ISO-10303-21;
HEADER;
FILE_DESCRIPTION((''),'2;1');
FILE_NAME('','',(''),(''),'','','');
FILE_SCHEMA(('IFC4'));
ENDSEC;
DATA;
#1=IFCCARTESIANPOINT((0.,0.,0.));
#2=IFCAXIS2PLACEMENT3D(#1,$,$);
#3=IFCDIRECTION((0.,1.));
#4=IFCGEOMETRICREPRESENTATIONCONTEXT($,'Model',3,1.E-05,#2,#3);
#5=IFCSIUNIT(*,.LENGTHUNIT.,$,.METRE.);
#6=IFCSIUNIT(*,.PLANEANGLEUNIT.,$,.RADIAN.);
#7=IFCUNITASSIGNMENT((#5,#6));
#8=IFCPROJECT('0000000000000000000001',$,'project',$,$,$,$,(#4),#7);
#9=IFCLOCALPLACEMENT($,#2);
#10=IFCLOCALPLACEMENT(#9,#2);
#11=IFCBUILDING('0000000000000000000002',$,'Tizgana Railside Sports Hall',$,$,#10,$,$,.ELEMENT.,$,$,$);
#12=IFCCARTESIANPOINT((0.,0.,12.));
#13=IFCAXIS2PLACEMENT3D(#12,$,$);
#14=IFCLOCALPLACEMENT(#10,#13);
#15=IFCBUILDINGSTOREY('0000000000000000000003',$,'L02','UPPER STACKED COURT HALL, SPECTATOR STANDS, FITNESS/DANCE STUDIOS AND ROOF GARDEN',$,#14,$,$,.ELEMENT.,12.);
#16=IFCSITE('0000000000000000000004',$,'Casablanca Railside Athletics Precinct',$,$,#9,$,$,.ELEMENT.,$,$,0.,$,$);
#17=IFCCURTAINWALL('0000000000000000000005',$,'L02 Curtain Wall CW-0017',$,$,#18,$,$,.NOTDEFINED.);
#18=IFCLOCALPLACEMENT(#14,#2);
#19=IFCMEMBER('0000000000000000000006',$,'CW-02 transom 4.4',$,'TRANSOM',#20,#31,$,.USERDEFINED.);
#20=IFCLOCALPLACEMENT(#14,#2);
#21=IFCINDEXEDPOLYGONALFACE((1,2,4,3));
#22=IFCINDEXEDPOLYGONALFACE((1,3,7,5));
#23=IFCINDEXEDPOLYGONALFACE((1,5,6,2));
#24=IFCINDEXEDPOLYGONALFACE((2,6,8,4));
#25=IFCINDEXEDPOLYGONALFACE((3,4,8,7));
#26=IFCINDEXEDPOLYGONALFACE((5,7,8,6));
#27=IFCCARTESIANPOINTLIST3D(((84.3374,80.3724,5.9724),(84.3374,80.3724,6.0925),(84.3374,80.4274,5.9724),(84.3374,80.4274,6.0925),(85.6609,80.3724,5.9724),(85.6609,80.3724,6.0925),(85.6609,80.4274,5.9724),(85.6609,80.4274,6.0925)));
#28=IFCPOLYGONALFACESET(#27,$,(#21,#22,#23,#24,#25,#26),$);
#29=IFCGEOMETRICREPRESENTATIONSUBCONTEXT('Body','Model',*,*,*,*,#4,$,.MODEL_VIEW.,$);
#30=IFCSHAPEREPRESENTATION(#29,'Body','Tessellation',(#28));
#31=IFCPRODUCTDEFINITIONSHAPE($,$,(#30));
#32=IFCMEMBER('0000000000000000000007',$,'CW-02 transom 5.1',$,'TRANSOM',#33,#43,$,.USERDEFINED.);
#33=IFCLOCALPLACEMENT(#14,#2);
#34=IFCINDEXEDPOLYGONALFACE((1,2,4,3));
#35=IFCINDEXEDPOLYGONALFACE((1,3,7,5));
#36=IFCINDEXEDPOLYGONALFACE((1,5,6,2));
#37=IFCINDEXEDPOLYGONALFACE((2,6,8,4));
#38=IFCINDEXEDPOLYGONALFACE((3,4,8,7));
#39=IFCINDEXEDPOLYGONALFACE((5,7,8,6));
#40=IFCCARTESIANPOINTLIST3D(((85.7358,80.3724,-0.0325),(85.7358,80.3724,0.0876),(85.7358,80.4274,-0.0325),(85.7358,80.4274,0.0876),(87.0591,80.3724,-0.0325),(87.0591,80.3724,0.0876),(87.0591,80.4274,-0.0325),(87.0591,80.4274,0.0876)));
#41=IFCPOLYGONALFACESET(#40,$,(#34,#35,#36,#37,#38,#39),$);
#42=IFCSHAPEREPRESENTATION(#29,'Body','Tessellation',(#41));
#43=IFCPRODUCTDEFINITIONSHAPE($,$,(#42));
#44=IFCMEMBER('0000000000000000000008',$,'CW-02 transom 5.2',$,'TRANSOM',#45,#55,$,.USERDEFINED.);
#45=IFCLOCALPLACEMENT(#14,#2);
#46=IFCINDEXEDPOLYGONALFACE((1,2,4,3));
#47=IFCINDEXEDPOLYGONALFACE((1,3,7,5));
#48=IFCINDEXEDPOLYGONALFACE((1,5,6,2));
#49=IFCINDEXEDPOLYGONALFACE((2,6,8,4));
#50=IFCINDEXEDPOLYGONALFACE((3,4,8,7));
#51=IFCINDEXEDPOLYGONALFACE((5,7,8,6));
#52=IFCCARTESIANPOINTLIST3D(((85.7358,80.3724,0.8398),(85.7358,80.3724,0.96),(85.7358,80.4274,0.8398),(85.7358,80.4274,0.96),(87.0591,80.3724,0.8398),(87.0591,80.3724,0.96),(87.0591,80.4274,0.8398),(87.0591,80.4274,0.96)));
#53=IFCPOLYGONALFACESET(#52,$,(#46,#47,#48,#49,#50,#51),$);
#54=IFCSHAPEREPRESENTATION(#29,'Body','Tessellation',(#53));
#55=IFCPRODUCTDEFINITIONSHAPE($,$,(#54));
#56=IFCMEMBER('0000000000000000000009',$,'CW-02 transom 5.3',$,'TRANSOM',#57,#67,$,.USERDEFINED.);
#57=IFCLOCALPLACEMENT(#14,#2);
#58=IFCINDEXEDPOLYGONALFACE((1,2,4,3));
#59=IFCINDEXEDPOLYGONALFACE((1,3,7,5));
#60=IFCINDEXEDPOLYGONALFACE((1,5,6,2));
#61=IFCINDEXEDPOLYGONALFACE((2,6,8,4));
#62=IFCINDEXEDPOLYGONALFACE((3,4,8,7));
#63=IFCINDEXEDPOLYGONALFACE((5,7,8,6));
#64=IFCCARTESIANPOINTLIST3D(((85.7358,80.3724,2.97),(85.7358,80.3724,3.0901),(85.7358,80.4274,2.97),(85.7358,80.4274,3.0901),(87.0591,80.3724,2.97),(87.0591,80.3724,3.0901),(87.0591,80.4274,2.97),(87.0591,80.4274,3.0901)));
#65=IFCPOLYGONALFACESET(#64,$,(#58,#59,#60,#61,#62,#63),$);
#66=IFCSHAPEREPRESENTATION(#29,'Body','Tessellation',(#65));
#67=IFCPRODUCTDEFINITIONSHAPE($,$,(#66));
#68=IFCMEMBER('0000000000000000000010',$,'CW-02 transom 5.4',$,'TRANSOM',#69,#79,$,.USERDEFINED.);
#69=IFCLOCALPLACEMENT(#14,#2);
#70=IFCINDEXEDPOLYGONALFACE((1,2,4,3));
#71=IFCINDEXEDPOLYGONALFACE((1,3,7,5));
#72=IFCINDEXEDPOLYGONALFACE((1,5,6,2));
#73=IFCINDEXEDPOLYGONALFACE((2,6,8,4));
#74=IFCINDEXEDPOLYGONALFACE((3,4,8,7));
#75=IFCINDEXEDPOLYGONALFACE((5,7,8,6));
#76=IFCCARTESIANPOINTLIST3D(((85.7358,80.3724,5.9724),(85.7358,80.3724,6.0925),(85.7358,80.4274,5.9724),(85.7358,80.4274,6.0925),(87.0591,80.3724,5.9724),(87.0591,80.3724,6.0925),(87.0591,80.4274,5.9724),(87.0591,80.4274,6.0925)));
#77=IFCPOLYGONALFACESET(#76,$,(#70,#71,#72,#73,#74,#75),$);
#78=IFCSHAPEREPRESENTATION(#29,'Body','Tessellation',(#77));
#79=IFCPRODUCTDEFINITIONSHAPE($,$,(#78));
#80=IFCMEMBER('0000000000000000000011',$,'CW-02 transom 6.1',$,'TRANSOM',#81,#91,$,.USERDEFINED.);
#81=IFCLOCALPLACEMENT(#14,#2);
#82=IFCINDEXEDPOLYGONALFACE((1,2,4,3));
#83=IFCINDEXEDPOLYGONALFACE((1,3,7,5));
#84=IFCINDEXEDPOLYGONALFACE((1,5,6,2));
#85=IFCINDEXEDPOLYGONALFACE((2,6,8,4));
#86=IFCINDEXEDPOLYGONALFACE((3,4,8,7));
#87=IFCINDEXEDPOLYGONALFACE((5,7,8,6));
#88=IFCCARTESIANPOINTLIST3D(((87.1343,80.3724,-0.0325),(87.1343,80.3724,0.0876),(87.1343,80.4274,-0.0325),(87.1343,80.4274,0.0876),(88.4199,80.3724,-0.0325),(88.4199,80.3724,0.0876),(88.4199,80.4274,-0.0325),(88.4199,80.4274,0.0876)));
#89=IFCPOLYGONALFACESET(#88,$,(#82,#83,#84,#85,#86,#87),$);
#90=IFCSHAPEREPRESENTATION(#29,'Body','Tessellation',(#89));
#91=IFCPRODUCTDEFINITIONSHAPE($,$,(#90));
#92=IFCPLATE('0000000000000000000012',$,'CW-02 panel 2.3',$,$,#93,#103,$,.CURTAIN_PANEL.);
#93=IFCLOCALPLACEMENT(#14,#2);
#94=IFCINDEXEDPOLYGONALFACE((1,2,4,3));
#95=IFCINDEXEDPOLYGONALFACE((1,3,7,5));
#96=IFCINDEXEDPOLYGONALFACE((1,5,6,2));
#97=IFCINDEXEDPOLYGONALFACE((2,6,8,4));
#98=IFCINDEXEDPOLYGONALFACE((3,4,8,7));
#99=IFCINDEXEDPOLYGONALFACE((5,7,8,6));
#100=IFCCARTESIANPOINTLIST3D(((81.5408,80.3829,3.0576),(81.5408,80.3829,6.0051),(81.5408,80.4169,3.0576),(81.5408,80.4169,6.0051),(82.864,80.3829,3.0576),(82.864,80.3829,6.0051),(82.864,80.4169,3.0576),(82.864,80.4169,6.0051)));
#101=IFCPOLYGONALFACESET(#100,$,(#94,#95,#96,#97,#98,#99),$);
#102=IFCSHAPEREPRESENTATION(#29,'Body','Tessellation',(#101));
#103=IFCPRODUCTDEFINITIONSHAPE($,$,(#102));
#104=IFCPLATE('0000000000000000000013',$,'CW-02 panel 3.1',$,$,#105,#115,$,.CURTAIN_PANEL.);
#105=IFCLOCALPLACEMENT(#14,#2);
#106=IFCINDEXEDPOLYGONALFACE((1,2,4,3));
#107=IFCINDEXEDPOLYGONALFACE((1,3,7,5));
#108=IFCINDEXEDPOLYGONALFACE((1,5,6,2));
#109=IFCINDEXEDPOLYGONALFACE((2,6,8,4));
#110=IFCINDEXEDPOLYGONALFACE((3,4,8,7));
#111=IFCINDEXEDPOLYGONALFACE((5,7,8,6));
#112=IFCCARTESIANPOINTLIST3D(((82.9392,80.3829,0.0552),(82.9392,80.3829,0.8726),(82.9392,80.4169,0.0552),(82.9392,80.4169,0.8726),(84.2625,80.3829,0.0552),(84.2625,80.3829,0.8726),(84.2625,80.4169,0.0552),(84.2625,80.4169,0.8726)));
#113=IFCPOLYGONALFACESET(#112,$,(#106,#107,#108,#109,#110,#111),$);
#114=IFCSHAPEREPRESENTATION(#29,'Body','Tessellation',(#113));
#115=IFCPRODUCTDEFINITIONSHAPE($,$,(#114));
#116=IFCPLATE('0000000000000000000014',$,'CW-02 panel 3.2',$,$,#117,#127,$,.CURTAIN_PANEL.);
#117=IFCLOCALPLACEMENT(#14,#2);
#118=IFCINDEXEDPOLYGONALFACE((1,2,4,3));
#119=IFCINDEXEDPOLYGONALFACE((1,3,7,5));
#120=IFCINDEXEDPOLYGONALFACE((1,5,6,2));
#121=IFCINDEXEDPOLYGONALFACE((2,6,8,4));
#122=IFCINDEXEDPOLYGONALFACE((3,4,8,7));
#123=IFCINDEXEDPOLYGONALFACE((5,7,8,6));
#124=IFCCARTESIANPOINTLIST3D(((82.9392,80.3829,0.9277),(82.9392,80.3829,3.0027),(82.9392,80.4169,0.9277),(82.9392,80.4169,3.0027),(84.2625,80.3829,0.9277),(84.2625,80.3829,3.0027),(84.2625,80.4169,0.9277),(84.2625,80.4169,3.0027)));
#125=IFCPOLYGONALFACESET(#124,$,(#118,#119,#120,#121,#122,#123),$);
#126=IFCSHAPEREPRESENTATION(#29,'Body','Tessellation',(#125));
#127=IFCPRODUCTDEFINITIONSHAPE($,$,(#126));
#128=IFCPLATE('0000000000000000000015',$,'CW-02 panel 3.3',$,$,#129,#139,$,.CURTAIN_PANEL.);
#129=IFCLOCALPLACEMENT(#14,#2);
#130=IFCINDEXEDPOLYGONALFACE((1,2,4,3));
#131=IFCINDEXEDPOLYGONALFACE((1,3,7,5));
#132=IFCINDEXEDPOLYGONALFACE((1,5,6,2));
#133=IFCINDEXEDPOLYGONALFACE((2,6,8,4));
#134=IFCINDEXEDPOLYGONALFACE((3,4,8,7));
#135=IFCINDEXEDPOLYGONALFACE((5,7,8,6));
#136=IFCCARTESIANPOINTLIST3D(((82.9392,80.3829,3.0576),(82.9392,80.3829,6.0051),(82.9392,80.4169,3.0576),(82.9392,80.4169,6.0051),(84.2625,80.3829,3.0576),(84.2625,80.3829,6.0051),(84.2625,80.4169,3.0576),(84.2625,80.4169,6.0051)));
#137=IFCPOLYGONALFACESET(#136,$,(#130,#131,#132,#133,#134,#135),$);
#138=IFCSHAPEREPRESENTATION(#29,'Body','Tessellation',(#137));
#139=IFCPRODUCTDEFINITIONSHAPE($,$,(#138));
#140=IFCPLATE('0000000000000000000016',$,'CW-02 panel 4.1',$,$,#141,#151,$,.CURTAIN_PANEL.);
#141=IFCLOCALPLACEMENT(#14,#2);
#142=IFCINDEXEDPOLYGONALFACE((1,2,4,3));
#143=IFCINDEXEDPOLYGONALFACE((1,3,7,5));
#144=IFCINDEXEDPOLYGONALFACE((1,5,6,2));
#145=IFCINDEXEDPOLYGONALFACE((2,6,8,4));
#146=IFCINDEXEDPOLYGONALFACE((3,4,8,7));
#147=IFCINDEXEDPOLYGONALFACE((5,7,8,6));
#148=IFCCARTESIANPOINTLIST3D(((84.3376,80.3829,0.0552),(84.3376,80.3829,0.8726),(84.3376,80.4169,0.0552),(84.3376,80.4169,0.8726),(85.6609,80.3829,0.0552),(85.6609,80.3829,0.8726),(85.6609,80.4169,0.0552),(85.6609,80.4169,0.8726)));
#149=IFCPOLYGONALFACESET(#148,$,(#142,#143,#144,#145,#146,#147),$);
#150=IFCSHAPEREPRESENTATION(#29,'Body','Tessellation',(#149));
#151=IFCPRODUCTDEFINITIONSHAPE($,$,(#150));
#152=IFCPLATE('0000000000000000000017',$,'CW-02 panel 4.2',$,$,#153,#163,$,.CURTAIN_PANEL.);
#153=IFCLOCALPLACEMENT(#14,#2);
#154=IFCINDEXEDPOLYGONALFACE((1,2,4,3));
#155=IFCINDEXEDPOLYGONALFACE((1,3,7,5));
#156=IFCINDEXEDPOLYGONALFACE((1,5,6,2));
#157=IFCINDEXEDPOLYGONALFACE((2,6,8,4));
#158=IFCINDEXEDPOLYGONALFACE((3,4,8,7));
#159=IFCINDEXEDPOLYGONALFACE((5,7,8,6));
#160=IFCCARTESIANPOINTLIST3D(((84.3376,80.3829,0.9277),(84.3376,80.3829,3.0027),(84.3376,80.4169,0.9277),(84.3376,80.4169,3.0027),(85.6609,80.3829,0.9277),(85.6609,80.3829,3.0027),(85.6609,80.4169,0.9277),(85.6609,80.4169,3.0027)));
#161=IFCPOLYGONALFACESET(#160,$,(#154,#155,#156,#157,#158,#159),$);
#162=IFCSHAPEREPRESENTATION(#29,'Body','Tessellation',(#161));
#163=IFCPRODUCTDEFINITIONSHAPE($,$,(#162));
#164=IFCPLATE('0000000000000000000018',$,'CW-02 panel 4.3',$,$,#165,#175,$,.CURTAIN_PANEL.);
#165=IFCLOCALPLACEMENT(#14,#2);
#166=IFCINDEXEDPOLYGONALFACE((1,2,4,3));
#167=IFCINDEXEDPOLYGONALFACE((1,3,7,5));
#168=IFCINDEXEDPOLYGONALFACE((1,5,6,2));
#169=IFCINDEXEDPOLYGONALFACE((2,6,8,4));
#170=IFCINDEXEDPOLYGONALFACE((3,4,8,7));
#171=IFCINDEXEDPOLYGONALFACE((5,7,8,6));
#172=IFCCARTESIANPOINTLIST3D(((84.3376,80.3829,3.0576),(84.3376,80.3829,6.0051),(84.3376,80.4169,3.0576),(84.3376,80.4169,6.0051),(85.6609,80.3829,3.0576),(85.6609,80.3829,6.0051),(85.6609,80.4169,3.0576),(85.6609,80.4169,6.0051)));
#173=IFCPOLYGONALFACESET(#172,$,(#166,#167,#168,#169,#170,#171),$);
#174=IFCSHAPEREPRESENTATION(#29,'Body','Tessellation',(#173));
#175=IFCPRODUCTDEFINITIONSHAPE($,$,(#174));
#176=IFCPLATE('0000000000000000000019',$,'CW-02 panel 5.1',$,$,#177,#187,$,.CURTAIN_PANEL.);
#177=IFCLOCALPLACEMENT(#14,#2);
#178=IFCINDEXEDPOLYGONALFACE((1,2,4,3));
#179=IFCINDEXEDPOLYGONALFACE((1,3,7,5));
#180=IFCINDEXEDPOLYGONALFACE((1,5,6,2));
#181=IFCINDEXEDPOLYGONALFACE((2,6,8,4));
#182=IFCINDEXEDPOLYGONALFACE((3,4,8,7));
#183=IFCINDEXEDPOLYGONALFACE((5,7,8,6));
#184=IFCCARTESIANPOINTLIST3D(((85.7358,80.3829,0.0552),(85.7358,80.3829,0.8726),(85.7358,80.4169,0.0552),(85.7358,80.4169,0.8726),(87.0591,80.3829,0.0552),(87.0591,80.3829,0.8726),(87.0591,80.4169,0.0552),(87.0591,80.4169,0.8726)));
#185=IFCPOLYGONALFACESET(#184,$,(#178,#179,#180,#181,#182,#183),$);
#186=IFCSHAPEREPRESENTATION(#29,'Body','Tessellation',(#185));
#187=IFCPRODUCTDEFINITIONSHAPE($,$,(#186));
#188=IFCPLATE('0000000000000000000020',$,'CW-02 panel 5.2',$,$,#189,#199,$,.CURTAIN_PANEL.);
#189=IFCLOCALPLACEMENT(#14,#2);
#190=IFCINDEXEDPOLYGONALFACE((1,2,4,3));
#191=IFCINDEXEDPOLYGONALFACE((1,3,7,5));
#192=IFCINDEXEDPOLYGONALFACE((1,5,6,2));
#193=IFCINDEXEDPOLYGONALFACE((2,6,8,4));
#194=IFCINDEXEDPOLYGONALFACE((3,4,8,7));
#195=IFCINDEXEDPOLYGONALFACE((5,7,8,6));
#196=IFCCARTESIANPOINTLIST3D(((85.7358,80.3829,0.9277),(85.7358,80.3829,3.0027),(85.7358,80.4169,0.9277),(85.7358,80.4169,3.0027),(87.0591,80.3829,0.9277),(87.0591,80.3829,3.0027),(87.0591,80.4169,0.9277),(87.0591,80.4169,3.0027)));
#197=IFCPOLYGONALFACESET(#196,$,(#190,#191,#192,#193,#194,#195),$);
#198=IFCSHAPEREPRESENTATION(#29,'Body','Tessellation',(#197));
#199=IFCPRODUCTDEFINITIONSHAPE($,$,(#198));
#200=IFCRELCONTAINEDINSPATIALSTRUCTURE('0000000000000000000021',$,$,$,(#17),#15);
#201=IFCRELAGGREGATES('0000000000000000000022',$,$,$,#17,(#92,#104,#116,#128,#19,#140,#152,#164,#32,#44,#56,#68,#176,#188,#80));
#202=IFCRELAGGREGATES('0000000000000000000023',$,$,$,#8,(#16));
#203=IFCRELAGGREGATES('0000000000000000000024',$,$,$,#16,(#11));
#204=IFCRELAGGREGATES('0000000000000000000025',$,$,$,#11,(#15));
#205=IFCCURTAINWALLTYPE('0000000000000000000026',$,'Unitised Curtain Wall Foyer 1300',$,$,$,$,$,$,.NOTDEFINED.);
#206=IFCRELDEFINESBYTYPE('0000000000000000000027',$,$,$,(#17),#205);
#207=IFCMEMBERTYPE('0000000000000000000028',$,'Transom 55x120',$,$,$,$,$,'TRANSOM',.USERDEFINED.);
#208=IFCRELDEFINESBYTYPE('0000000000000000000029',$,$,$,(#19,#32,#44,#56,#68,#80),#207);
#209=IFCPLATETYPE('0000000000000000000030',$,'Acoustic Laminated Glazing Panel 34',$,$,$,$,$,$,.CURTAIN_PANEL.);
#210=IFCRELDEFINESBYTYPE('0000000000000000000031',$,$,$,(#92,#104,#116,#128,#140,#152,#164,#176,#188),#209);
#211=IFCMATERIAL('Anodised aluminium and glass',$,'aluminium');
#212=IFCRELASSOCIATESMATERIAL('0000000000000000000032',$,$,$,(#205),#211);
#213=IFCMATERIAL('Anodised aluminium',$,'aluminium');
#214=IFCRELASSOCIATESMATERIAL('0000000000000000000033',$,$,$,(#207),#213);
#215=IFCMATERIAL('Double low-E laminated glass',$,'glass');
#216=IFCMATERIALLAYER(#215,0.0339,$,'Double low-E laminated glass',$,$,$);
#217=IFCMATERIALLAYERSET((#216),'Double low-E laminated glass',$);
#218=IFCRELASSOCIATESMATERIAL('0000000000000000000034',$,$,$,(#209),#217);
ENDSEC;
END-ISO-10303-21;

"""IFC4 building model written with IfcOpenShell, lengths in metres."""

from ifc_helpers import new_model, si_unit, direction, frame, origin, origin_2d, place, context, subcontext, project, spatial, rectangle, extrude, material, layer, layer_set, material_profile, profile_set, type_object, element, aggregate, save


model = new_model("IFC4")

# Units and contexts
model_context = context("Model", 3, precision=1e-05, world=origin(), true_north=direction((0.0, 1.0)))
body_context = subcontext(model_context, "Body", "Model", "MODEL_VIEW")
ifc_project = project(units=[si_unit("LENGTHUNIT", "METRE"), si_unit("PLANEANGLEUNIT", "RADIAN")], contexts=[model_context])

# Site, building, storey
site_placement = place(None, origin())
site = spatial("IfcSite", under=ifc_project, at=site_placement, Name="Casablanca Railside Athletics Precinct", CompositionType="ELEMENT", RefElevation=0.0)
building_placement = place(site_placement, origin())
building = spatial("IfcBuilding", under=site, at=building_placement, Name="Tizgana Railside Sports Hall", CompositionType="ELEMENT")
storey_placement = place(building_placement, frame((0.0, 0.0, 12.0)))
storey = spatial("IfcBuildingStorey", under=building, at=storey_placement, Name="L02", Description="UPPER STACKED COURT HALL, SPECTATOR STANDS, FITNESS/DANCE STUDIOS AND ROOF GARDEN", CompositionType="ELEMENT", Elevation=12.0)

# Curtain wall
ifc_material_1 = material(Name="Anodised aluminium and glass", Category="aluminium")
curtain_wall_type = type_object("IfcCurtainWallType", Name="Unitised Curtain Wall Foyer 1300", PredefinedType="NOTDEFINED", material=ifc_material_1)
curtain_wall_placement = place(storey_placement, origin())
curtain_wall = element("IfcCurtainWall", 1, at=curtain_wall_placement, inside=storey, type_object=curtain_wall_type, Name="L02 Curtain Wall CW-0017", PredefinedType="NOTDEFINED")
ifc_material_2 = material(Name="Anodised aluminium", Category="aluminium")

# Members
ifc_material_profile_1 = material_profile(ifc_material_2, rectangle(XDim=0.0549, YDim=0.1201, at=origin_2d()), Name="Transom 55x120")
ifc_profile_set_1 = profile_set([ifc_material_profile_1], Name="Anodised aluminium")
member_type_1 = type_object("IfcMemberType", Name="Transom 55x120", ElementType="TRANSOM", PredefinedType="USERDEFINED", material=ifc_profile_set_1)
member_1_placement = place(storey_placement, frame((84.3374, 80.3999, 6.0325), z_axis=(1.0, 0.0, 0.0), x_axis=(0.0, 1.0, 0.0)))
member_1 = element("IfcMember", 2, at=member_1_placement, type_object=member_type_1, Name="CW-02 transom 4.4", ObjectType="TRANSOM", PredefinedType="USERDEFINED", context=body_context, shape_type="SweptSolid", body=[
    extrude(rectangle(XDim=0.0549, YDim=0.1201, at=origin_2d()), origin(), (0.0, 0.0, 1.0), 1.3235),
])
member_2_placement = place(storey_placement, frame((85.7358, 80.3999, 0.0276), z_axis=(1.0, 0.0, 0.0), x_axis=(0.0, 1.0, 0.0)))
member_2 = element("IfcMember", 3, at=member_2_placement, type_object=member_type_1, Name="CW-02 transom 5.1", ObjectType="TRANSOM", PredefinedType="USERDEFINED", context=body_context, shape_type="SweptSolid", body=[
    extrude(rectangle(XDim=0.0549, YDim=0.1201, at=origin_2d()), origin(), (0.0, 0.0, 1.0), 1.3232),
])
member_3_placement = place(storey_placement, frame((85.7358, 80.3999, 0.8999), z_axis=(1.0, 0.0, 0.0), x_axis=(0.0, 1.0, 0.0)))
member_3 = element("IfcMember", 4, at=member_3_placement, type_object=member_type_1, Name="CW-02 transom 5.2", ObjectType="TRANSOM", PredefinedType="USERDEFINED", context=body_context, shape_type="SweptSolid", body=[
    extrude(rectangle(XDim=0.0549, YDim=0.1201, at=origin_2d()), origin(), (0.0, 0.0, 1.0), 1.3232),
])
member_4_placement = place(storey_placement, frame((85.7358, 80.3999, 3.03), z_axis=(1.0, 0.0, 0.0), x_axis=(0.0, 1.0, 0.0)))
member_4 = element("IfcMember", 5, at=member_4_placement, type_object=member_type_1, Name="CW-02 transom 5.3", ObjectType="TRANSOM", PredefinedType="USERDEFINED", context=body_context, shape_type="SweptSolid", body=[
    extrude(rectangle(XDim=0.0549, YDim=0.1201, at=origin_2d()), origin(), (0.0, 0.0, 1.0), 1.3232),
])
member_5_placement = place(storey_placement, frame((85.7358, 80.3999, 6.0325), z_axis=(1.0, 0.0, 0.0), x_axis=(0.0, 1.0, 0.0)))
member_5 = element("IfcMember", 6, at=member_5_placement, type_object=member_type_1, Name="CW-02 transom 5.4", ObjectType="TRANSOM", PredefinedType="USERDEFINED", context=body_context, shape_type="SweptSolid", body=[
    extrude(rectangle(XDim=0.0549, YDim=0.1201, at=origin_2d()), origin(), (0.0, 0.0, 1.0), 1.3232),
])
member_6_placement = place(storey_placement, frame((87.1343, 80.3999, 0.0276), z_axis=(1.0, 0.0, 0.0), x_axis=(0.0, 1.0, 0.0)))
member_6 = element("IfcMember", 7, at=member_6_placement, type_object=member_type_1, Name="CW-02 transom 6.1", ObjectType="TRANSOM", PredefinedType="USERDEFINED", context=body_context, shape_type="SweptSolid", body=[
    extrude(rectangle(XDim=0.0549, YDim=0.1201, at=origin_2d()), origin(), (0.0, 0.0, 1.0), 1.2856),
])

# Plates
ifc_material_3 = material(Name="Double low-E laminated glass", Category="glass")
ifc_layer_1 = layer(ifc_material_3, 0.0339, Name="Double low-E laminated glass")
ifc_layer_set_1 = layer_set([ifc_layer_1], Name="Double low-E laminated glass")
plate_type = type_object("IfcPlateType", Name="Acoustic Laminated Glazing Panel 34", PredefinedType="CURTAIN_PANEL", material=ifc_layer_set_1)
plate_1_placement = place(storey_placement, frame((82.2024, 80.3999, 3.0576), z_axis=(0.0, 0.0, 1.0), x_axis=(1.0, 0.0, 0.0)))
plate_1 = element("IfcPlate", 8, at=plate_1_placement, type_object=plate_type, Name="CW-02 panel 2.3", PredefinedType="CURTAIN_PANEL", context=body_context, shape_type="SweptSolid", body=[
    extrude(rectangle(XDim=1.3232, YDim=0.0339, at=origin_2d()), origin(), (0.0, 0.0, 1.0), 2.9475),
])
plate_2_placement = place(storey_placement, frame((83.6008, 80.3999, 0.0552), z_axis=(0.0, 0.0, 1.0), x_axis=(1.0, 0.0, 0.0)))
plate_2 = element("IfcPlate", 9, at=plate_2_placement, type_object=plate_type, Name="CW-02 panel 3.1", PredefinedType="CURTAIN_PANEL", context=body_context, shape_type="SweptSolid", body=[
    extrude(rectangle(XDim=1.3232, YDim=0.0339, at=origin_2d()), origin(), (0.0, 0.0, 1.0), 0.8174),
])
plate_3_placement = place(storey_placement, frame((83.6008, 80.3999, 0.9277), z_axis=(0.0, 0.0, 1.0), x_axis=(1.0, 0.0, 0.0)))
plate_3 = element("IfcPlate", 10, at=plate_3_placement, type_object=plate_type, Name="CW-02 panel 3.2", PredefinedType="CURTAIN_PANEL", context=body_context, shape_type="SweptSolid", body=[
    extrude(rectangle(XDim=1.3232, YDim=0.0339, at=origin_2d()), origin(), (0.0, 0.0, 1.0), 2.075),
])
plate_4_placement = place(storey_placement, frame((83.6008, 80.3999, 3.0576), z_axis=(0.0, 0.0, 1.0), x_axis=(1.0, 0.0, 0.0)))
plate_4 = element("IfcPlate", 11, at=plate_4_placement, type_object=plate_type, Name="CW-02 panel 3.3", PredefinedType="CURTAIN_PANEL", context=body_context, shape_type="SweptSolid", body=[
    extrude(rectangle(XDim=1.3232, YDim=0.0339, at=origin_2d()), origin(), (0.0, 0.0, 1.0), 2.9475),
])
plate_5_placement = place(storey_placement, frame((84.9993, 80.3999, 0.0552), z_axis=(0.0, 0.0, 1.0), x_axis=(1.0, 0.0, 0.0)))
plate_5 = element("IfcPlate", 12, at=plate_5_placement, type_object=plate_type, Name="CW-02 panel 4.1", PredefinedType="CURTAIN_PANEL", context=body_context, shape_type="SweptSolid", body=[
    extrude(rectangle(XDim=1.3232, YDim=0.0339, at=origin_2d()), origin(), (0.0, 0.0, 1.0), 0.8174),
])
plate_6_placement = place(storey_placement, frame((84.9993, 80.3999, 0.9277), z_axis=(0.0, 0.0, 1.0), x_axis=(1.0, 0.0, 0.0)))
plate_6 = element("IfcPlate", 13, at=plate_6_placement, type_object=plate_type, Name="CW-02 panel 4.2", PredefinedType="CURTAIN_PANEL", context=body_context, shape_type="SweptSolid", body=[
    extrude(rectangle(XDim=1.3232, YDim=0.0339, at=origin_2d()), origin(), (0.0, 0.0, 1.0), 2.075),
])
plate_7_placement = place(storey_placement, frame((84.9993, 80.3999, 3.0576), z_axis=(0.0, 0.0, 1.0), x_axis=(1.0, 0.0, 0.0)))
plate_7 = element("IfcPlate", 14, at=plate_7_placement, type_object=plate_type, Name="CW-02 panel 4.3", PredefinedType="CURTAIN_PANEL", context=body_context, shape_type="SweptSolid", body=[
    extrude(rectangle(XDim=1.3232, YDim=0.0339, at=origin_2d()), origin(), (0.0, 0.0, 1.0), 2.9475),
])
plate_8_placement = place(storey_placement, frame((86.3975, 80.3999, 0.0552), z_axis=(0.0, 0.0, 1.0), x_axis=(1.0, 0.0, 0.0)))
plate_8 = element("IfcPlate", 15, at=plate_8_placement, type_object=plate_type, Name="CW-02 panel 5.1", PredefinedType="CURTAIN_PANEL", context=body_context, shape_type="SweptSolid", body=[
    extrude(rectangle(XDim=1.3232, YDim=0.0339, at=origin_2d()), origin(), (0.0, 0.0, 1.0), 0.8174),
])
plate_9_placement = place(storey_placement, frame((86.3975, 80.3999, 0.9277), z_axis=(0.0, 0.0, 1.0), x_axis=(1.0, 0.0, 0.0)))
plate_9 = element("IfcPlate", 16, at=plate_9_placement, type_object=plate_type, Name="CW-02 panel 5.2", PredefinedType="CURTAIN_PANEL", context=body_context, shape_type="SweptSolid", body=[
    extrude(rectangle(XDim=1.3232, YDim=0.0339, at=origin_2d()), origin(), (0.0, 0.0, 1.0), 2.075),
])
aggregate(curtain_wall, [plate_1, plate_2, plate_3, plate_4, member_1, plate_5, plate_6, plate_7, member_2, member_3, member_4, member_5, plate_8, plate_9, member_6])

save(model, "model.ifc")
